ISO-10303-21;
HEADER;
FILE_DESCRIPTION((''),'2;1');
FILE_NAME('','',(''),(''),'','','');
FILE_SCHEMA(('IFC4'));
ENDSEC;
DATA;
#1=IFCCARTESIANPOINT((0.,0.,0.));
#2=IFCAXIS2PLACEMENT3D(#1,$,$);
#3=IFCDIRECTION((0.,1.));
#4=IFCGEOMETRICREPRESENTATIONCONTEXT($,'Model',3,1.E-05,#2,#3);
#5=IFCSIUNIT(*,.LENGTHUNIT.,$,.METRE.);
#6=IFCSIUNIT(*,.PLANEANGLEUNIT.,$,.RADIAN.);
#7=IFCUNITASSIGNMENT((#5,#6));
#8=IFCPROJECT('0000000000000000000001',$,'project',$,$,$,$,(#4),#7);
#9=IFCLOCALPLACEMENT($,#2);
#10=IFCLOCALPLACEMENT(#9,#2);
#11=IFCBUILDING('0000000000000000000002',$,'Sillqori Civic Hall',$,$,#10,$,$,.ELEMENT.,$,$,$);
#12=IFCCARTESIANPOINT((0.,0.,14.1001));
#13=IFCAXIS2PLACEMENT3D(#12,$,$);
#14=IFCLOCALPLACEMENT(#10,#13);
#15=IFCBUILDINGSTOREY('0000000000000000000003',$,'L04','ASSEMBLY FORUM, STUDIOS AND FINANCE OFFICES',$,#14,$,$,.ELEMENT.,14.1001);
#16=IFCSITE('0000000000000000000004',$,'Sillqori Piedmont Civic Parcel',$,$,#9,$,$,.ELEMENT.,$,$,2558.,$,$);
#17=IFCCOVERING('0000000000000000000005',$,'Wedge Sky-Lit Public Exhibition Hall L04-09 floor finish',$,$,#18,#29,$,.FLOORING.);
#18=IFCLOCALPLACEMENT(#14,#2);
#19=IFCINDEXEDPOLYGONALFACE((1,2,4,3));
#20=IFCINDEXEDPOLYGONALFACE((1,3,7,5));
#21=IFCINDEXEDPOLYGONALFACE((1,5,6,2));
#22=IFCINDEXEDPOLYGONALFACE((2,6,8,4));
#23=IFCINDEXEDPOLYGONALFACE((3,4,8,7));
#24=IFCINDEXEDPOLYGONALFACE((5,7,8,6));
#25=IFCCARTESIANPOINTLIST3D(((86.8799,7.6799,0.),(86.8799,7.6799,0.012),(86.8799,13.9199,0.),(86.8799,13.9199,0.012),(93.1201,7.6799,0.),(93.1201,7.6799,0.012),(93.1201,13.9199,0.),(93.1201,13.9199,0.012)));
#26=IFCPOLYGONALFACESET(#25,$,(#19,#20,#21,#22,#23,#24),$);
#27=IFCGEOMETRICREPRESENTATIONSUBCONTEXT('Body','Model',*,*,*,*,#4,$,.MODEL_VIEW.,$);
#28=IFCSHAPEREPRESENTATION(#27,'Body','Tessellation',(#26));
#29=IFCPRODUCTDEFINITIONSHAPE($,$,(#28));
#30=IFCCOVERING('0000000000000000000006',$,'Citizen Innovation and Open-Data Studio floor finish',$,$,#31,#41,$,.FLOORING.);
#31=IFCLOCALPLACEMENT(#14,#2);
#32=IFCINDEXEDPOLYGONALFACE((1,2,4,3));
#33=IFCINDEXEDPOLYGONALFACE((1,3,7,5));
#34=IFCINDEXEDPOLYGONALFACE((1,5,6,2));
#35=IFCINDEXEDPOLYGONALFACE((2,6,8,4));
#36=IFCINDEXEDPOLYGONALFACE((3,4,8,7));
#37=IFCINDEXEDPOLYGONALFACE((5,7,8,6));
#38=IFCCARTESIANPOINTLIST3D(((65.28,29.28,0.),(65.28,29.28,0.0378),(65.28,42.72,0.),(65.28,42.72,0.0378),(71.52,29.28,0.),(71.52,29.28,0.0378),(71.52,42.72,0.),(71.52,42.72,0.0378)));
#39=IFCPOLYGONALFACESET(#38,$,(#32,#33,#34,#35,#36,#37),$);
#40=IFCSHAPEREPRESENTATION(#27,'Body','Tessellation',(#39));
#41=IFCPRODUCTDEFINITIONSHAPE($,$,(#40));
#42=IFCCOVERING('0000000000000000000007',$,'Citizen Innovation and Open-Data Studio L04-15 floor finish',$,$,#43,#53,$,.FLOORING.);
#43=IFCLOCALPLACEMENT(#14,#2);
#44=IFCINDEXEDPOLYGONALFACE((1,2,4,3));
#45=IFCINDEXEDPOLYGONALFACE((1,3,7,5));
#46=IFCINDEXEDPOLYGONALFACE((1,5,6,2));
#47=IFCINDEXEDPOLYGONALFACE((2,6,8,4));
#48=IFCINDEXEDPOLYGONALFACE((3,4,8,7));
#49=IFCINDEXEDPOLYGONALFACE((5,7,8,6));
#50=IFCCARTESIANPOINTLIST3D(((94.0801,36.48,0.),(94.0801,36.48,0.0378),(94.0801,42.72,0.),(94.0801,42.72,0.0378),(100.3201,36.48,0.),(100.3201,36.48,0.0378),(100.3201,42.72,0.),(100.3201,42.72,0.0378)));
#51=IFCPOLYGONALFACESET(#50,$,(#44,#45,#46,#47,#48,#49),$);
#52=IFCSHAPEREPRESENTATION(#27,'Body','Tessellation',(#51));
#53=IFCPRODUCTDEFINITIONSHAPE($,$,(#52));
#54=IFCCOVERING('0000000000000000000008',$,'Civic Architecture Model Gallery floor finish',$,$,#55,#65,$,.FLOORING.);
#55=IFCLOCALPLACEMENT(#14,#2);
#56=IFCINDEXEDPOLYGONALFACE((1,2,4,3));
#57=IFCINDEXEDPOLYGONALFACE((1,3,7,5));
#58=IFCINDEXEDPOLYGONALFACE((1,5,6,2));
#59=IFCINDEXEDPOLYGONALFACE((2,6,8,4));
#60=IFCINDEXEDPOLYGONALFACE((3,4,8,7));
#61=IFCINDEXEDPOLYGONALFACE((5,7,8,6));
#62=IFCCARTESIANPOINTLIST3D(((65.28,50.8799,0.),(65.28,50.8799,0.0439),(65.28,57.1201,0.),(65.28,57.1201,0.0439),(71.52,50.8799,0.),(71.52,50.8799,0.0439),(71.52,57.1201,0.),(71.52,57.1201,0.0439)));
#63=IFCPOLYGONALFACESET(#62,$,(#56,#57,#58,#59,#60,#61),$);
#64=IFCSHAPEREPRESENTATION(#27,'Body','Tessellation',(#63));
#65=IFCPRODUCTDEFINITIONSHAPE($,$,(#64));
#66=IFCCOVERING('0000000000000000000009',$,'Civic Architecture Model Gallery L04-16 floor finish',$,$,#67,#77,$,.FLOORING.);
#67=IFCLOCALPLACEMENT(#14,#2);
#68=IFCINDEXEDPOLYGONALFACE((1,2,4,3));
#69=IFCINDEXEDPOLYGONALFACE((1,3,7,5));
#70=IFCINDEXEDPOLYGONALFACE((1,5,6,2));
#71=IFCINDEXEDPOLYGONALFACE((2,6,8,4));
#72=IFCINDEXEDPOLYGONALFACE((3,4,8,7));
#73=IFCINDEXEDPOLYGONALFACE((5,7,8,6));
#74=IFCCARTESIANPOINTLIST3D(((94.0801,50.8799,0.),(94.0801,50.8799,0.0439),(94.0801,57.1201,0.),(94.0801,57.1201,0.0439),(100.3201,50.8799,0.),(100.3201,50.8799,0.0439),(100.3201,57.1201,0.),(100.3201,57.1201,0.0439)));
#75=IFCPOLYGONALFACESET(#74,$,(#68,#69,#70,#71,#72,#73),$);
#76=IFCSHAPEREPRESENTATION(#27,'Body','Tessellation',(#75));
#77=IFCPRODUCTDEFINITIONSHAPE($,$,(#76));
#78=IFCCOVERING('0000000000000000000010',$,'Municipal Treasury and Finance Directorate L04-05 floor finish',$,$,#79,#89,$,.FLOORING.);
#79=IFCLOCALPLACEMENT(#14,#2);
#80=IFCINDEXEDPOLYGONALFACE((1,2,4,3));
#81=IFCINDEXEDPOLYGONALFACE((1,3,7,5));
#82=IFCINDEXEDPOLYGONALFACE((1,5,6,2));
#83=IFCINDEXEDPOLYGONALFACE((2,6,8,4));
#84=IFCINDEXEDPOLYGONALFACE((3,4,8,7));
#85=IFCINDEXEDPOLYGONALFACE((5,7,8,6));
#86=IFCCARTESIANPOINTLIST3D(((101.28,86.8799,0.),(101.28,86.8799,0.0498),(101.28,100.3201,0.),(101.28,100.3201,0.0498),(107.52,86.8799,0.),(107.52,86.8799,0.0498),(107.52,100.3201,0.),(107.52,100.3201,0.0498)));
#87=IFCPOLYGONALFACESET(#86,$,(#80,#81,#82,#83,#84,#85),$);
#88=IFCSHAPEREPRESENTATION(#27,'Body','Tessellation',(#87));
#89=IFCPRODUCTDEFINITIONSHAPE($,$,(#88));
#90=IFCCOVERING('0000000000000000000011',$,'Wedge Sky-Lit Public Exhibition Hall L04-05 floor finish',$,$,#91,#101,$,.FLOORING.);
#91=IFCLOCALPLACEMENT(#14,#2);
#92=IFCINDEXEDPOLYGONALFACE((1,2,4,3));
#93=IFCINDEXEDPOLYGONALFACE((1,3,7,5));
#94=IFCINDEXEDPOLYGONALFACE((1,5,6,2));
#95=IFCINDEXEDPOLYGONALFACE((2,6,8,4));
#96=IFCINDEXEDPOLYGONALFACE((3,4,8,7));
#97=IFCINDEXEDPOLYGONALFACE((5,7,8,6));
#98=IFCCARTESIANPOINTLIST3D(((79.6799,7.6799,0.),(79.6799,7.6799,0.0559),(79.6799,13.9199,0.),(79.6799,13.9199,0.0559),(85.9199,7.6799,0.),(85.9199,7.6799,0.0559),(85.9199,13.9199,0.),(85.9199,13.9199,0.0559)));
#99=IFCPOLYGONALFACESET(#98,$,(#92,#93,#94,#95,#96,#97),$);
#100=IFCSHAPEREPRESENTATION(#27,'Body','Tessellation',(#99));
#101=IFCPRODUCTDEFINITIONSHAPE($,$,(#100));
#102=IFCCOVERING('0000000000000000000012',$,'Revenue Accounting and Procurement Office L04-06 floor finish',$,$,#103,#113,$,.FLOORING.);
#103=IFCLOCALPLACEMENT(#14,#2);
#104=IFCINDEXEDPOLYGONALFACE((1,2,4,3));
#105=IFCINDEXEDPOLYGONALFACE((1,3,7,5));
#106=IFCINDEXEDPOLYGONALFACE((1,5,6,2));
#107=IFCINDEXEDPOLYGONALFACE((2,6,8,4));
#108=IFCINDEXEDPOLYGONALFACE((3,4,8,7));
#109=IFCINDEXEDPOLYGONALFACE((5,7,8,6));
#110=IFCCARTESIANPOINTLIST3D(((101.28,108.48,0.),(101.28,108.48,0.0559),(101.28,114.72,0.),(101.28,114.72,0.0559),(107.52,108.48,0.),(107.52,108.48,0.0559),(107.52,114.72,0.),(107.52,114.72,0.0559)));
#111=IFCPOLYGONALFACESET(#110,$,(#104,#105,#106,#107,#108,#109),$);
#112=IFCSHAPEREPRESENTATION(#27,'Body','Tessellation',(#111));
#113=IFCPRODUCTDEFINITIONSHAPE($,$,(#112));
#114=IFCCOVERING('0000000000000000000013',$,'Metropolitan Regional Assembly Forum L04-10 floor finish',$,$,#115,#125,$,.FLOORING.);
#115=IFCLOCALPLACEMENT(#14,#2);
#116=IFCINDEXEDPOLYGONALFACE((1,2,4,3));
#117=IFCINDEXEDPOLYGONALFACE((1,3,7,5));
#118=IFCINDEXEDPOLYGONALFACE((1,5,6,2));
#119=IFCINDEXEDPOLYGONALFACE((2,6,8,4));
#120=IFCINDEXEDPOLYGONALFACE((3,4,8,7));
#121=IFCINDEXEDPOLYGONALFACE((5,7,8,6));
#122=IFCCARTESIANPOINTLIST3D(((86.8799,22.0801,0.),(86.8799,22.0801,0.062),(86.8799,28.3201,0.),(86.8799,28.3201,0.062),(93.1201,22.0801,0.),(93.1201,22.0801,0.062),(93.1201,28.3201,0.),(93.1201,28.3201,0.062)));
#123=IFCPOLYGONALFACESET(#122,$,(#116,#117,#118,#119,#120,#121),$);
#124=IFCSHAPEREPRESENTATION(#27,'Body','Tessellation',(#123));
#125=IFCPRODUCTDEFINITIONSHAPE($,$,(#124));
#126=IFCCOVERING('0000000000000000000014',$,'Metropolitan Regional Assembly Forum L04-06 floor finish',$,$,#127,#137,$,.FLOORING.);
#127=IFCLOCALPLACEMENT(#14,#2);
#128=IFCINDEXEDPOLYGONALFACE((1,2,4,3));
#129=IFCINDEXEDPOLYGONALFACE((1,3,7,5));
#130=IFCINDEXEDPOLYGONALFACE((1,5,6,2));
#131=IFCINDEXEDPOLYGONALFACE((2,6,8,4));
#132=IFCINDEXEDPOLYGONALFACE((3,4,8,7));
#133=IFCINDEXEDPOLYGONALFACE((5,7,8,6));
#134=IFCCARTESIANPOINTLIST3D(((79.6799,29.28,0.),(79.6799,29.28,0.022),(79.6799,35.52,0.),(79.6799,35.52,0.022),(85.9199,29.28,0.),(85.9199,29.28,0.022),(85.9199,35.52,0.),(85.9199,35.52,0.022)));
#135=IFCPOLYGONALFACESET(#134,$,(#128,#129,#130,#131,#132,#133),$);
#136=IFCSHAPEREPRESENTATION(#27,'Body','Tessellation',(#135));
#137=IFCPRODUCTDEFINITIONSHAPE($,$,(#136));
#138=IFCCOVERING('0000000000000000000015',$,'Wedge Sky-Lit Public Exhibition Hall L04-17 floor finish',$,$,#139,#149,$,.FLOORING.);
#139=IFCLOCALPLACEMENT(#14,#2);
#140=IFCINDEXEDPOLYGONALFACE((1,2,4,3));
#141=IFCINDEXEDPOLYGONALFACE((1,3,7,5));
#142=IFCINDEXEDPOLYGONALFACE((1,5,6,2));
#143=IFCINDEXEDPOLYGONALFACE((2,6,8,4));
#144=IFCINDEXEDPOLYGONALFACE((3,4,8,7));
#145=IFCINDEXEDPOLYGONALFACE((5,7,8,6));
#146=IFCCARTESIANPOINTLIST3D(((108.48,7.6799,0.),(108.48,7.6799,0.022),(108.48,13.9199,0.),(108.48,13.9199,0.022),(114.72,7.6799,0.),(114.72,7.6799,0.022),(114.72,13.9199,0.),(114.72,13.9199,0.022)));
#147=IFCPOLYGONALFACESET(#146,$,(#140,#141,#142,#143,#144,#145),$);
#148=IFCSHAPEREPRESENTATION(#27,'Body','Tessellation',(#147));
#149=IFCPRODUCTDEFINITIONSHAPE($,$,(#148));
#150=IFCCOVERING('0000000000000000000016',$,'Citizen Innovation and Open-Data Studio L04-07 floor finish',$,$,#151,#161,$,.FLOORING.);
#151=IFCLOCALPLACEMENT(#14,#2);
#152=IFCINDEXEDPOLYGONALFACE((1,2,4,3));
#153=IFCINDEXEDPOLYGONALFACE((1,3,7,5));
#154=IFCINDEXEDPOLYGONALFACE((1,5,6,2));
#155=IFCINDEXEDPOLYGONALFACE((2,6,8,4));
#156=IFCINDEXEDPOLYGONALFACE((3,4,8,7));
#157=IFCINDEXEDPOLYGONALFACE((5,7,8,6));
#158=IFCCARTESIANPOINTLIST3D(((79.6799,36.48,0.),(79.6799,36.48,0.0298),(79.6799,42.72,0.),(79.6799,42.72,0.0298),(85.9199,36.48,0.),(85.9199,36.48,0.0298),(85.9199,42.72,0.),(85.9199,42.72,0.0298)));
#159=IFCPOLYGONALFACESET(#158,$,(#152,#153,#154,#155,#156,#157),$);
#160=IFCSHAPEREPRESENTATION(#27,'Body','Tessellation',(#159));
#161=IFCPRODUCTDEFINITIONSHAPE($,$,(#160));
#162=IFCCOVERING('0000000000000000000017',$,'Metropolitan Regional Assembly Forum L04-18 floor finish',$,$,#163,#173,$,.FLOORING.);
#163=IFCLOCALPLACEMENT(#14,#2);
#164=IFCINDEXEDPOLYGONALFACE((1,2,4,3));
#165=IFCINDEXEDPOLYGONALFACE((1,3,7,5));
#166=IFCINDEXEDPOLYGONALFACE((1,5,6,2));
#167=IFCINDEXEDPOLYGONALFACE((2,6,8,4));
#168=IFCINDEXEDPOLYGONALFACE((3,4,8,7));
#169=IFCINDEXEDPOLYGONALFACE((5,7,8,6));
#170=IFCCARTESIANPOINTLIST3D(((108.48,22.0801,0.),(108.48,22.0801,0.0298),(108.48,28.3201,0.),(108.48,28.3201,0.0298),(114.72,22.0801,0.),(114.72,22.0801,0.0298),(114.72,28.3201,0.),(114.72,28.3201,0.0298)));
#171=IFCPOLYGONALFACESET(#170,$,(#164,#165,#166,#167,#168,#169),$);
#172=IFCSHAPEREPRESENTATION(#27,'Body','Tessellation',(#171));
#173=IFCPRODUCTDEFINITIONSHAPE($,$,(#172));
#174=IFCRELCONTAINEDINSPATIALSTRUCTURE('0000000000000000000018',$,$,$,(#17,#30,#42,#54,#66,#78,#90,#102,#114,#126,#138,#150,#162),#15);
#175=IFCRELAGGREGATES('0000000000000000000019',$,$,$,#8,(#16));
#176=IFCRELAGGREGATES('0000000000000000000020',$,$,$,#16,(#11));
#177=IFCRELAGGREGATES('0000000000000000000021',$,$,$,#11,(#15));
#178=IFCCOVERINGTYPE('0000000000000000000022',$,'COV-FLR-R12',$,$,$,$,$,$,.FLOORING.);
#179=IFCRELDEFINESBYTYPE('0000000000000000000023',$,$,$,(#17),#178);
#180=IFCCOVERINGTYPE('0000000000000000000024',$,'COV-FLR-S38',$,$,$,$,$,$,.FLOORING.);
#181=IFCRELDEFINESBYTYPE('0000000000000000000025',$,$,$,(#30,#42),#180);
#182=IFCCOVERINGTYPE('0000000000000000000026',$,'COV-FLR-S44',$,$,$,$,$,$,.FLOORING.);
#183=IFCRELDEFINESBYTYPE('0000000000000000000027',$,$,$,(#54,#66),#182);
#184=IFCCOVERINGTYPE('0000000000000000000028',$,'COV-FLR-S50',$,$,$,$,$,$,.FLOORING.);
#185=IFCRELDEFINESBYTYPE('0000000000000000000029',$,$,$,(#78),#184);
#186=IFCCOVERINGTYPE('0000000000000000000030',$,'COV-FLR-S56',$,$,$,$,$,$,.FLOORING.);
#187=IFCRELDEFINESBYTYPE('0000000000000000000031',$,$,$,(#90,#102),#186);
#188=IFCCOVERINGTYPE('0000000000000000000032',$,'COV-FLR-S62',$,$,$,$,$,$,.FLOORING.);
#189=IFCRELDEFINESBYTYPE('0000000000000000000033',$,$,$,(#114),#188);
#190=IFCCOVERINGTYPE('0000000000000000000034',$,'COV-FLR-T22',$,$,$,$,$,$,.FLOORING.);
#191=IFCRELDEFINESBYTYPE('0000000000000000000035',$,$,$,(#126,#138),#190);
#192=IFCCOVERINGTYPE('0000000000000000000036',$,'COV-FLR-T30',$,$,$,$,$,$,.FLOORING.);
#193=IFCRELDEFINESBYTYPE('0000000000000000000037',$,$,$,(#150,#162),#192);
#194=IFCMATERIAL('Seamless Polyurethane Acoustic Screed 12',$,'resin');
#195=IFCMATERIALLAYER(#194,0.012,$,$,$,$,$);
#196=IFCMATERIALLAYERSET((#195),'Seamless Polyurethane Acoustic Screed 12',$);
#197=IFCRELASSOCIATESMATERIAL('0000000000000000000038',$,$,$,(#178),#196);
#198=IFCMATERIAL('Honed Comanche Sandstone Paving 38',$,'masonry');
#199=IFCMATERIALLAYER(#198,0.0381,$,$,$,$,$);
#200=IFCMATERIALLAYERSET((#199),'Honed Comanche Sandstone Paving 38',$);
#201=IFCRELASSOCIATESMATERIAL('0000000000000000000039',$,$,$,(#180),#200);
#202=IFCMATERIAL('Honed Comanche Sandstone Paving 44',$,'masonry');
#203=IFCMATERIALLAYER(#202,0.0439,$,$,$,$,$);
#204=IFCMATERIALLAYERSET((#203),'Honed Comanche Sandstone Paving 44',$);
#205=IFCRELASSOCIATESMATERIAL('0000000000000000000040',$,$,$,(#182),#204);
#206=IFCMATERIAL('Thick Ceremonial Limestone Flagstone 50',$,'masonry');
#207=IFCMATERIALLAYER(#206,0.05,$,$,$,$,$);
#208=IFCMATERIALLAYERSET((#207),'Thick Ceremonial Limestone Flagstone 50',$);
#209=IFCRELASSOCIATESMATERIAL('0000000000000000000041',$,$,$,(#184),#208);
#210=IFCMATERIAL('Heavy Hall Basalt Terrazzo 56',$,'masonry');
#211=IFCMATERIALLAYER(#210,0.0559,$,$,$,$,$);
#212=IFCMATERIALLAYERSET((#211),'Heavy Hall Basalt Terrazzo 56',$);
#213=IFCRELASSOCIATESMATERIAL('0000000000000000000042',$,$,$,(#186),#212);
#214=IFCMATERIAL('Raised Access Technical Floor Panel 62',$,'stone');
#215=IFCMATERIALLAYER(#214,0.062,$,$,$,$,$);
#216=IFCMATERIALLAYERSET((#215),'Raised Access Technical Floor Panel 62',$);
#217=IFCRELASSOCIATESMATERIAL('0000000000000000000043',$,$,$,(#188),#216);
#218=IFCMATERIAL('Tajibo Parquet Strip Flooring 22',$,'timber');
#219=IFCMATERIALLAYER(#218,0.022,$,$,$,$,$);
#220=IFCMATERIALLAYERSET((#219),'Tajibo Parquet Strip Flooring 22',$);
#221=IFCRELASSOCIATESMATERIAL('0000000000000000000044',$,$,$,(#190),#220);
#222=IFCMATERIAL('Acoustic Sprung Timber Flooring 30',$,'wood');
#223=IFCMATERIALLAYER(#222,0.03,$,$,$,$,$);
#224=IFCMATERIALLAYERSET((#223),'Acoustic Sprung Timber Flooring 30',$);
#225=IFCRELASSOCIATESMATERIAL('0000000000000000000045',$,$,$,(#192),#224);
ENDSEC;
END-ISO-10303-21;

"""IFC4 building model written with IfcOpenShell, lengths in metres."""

from ifc_helpers import new_model, si_unit, direction, frame, origin, place, context, subcontext, project, spatial, polyline, outline, extrude, material, layer, layer_set, type_object, element, save


model = new_model("IFC4")

# Units and contexts
model_context = context("Model", 3, precision=1e-05, world=origin(), true_north=direction((0.0, 1.0)))
body_context = subcontext(model_context, "Body", "Model", "MODEL_VIEW")
ifc_project = project(units=[si_unit("LENGTHUNIT", "METRE"), si_unit("PLANEANGLEUNIT", "RADIAN")], contexts=[model_context])

# Site, building, storey
site_placement = place(None, origin())
site = spatial("IfcSite", under=ifc_project, at=site_placement, Name="Sillqori Piedmont Civic Parcel", CompositionType="ELEMENT", RefElevation=2558.0)
building_placement = place(site_placement, origin())
building = spatial("IfcBuilding", under=site, at=building_placement, Name="Sillqori Civic Hall", CompositionType="ELEMENT")
storey_placement = place(building_placement, frame((0.0, 0.0, 14.1001)))
storey = spatial("IfcBuildingStorey", under=building, at=storey_placement, Name="L04", Description="ASSEMBLY FORUM, STUDIOS AND FINANCE OFFICES", CompositionType="ELEMENT", Elevation=14.1001)

# Coverings
ifc_material_1 = material(Name="Seamless Polyurethane Acoustic Screed 12", Category="resin")
ifc_layer_1 = layer(ifc_material_1, 0.012)
ifc_layer_set_1 = layer_set([ifc_layer_1], Name="Seamless Polyurethane Acoustic Screed 12")
covering_type_1 = type_object("IfcCoveringType", Name="COV-FLR-R12", PredefinedType="FLOORING", material=ifc_layer_set_1)
covering_1_placement = place(storey_placement, origin())
element("IfcCovering", 1, at=covering_1_placement, inside=storey, type_object=covering_type_1, Name="Wedge Sky-Lit Public Exhibition Hall L04-09 floor finish", PredefinedType="FLOORING", context=body_context, shape_type="SweptSolid", body=[
    extrude(outline(polyline([(86.8799, 7.6799), (93.1201, 7.6799), (93.1201, 13.9199), (86.8799, 13.9199), (86.8799, 7.6799)])), origin(), (0.0, 0.0, 1.0), 0.012),
])
ifc_material_2 = material(Name="Honed Comanche Sandstone Paving 38", Category="masonry")
ifc_layer_2 = layer(ifc_material_2, 0.0381)
ifc_layer_set_2 = layer_set([ifc_layer_2], Name="Honed Comanche Sandstone Paving 38")
covering_type_2 = type_object("IfcCoveringType", Name="COV-FLR-S38", PredefinedType="FLOORING", material=ifc_layer_set_2)
covering_2_placement = place(storey_placement, origin())
element("IfcCovering", 2, at=covering_2_placement, inside=storey, type_object=covering_type_2, Name="Citizen Innovation and Open-Data Studio floor finish", PredefinedType="FLOORING", context=body_context, shape_type="SweptSolid", body=[
    extrude(outline(polyline([(65.28, 29.28), (71.52, 29.28), (71.52, 42.72), (65.28, 42.72), (65.28, 29.28)])), origin(), (0.0, 0.0, 1.0), 0.0378),
])
covering_3_placement = place(storey_placement, origin())
element("IfcCovering", 3, at=covering_3_placement, inside=storey, type_object=covering_type_2, Name="Citizen Innovation and Open-Data Studio L04-15 floor finish", PredefinedType="FLOORING", context=body_context, shape_type="SweptSolid", body=[
    extrude(outline(polyline([(94.0801, 36.48), (100.3201, 36.48), (100.3201, 42.72), (94.0801, 42.72), (94.0801, 36.48)])), origin(), (0.0, 0.0, 1.0), 0.0378),
])
ifc_material_3 = material(Name="Honed Comanche Sandstone Paving 44", Category="masonry")
ifc_layer_3 = layer(ifc_material_3, 0.0439)
ifc_layer_set_3 = layer_set([ifc_layer_3], Name="Honed Comanche Sandstone Paving 44")
covering_type_3 = type_object("IfcCoveringType", Name="COV-FLR-S44", PredefinedType="FLOORING", material=ifc_layer_set_3)
covering_4_placement = place(storey_placement, origin())
element("IfcCovering", 4, at=covering_4_placement, inside=storey, type_object=covering_type_3, Name="Civic Architecture Model Gallery floor finish", PredefinedType="FLOORING", context=body_context, shape_type="SweptSolid", body=[
    extrude(outline(polyline([(65.28, 50.8799), (71.52, 50.8799), (71.52, 57.1201), (65.28, 57.1201), (65.28, 50.8799)])), origin(), (0.0, 0.0, 1.0), 0.0439),
])
covering_5_placement = place(storey_placement, origin())
element("IfcCovering", 5, at=covering_5_placement, inside=storey, type_object=covering_type_3, Name="Civic Architecture Model Gallery L04-16 floor finish", PredefinedType="FLOORING", context=body_context, shape_type="SweptSolid", body=[
    extrude(outline(polyline([(94.0801, 50.8799), (100.3201, 50.8799), (100.3201, 57.1201), (94.0801, 57.1201), (94.0801, 50.8799)])), origin(), (0.0, 0.0, 1.0), 0.0439),
])
ifc_material_4 = material(Name="Thick Ceremonial Limestone Flagstone 50", Category="masonry")
ifc_layer_4 = layer(ifc_material_4, 0.05)
ifc_layer_set_4 = layer_set([ifc_layer_4], Name="Thick Ceremonial Limestone Flagstone 50")
covering_type_4 = type_object("IfcCoveringType", Name="COV-FLR-S50", PredefinedType="FLOORING", material=ifc_layer_set_4)
covering_6_placement = place(storey_placement, origin())
element("IfcCovering", 6, at=covering_6_placement, inside=storey, type_object=covering_type_4, Name="Municipal Treasury and Finance Directorate L04-05 floor finish", PredefinedType="FLOORING", context=body_context, shape_type="SweptSolid", body=[
    extrude(outline(polyline([(101.28, 86.8799), (107.52, 86.8799), (107.52, 100.3201), (101.28, 100.3201), (101.28, 86.8799)])), origin(), (0.0, 0.0, 1.0), 0.0498),
])
ifc_material_5 = material(Name="Heavy Hall Basalt Terrazzo 56", Category="masonry")
ifc_layer_5 = layer(ifc_material_5, 0.0559)
ifc_layer_set_5 = layer_set([ifc_layer_5], Name="Heavy Hall Basalt Terrazzo 56")
covering_type_5 = type_object("IfcCoveringType", Name="COV-FLR-S56", PredefinedType="FLOORING", material=ifc_layer_set_5)
covering_7_placement = place(storey_placement, origin())
element("IfcCovering", 7, at=covering_7_placement, inside=storey, type_object=covering_type_5, Name="Wedge Sky-Lit Public Exhibition Hall L04-05 floor finish", PredefinedType="FLOORING", context=body_context, shape_type="SweptSolid", body=[
    extrude(outline(polyline([(79.6799, 7.6799), (85.9199, 7.6799), (85.9199, 13.9199), (79.6799, 13.9199), (79.6799, 7.6799)])), origin(), (0.0, 0.0, 1.0), 0.0559),
])
covering_8_placement = place(storey_placement, origin())
element("IfcCovering", 8, at=covering_8_placement, inside=storey, type_object=covering_type_5, Name="Revenue Accounting and Procurement Office L04-06 floor finish", PredefinedType="FLOORING", context=body_context, shape_type="SweptSolid", body=[
    extrude(outline(polyline([(101.28, 108.48), (107.52, 108.48), (107.52, 114.72), (101.28, 114.72), (101.28, 108.48)])), origin(), (0.0, 0.0, 1.0), 0.0559),
])
ifc_material_6 = material(Name="Raised Access Technical Floor Panel 62", Category="stone")
ifc_layer_6 = layer(ifc_material_6, 0.062)
ifc_layer_set_6 = layer_set([ifc_layer_6], Name="Raised Access Technical Floor Panel 62")
covering_type_6 = type_object("IfcCoveringType", Name="COV-FLR-S62", PredefinedType="FLOORING", material=ifc_layer_set_6)
covering_9_placement = place(storey_placement, origin())
element("IfcCovering", 9, at=covering_9_placement, inside=storey, type_object=covering_type_6, Name="Metropolitan Regional Assembly Forum L04-10 floor finish", PredefinedType="FLOORING", context=body_context, shape_type="SweptSolid", body=[
    extrude(outline(polyline([(86.8799, 22.0801), (93.1201, 22.0801), (93.1201, 28.3201), (86.8799, 28.3201), (86.8799, 22.0801)])), origin(), (0.0, 0.0, 1.0), 0.062),
])
ifc_material_7 = material(Name="Tajibo Parquet Strip Flooring 22", Category="timber")
ifc_layer_7 = layer(ifc_material_7, 0.022)
ifc_layer_set_7 = layer_set([ifc_layer_7], Name="Tajibo Parquet Strip Flooring 22")
covering_type_7 = type_object("IfcCoveringType", Name="COV-FLR-T22", PredefinedType="FLOORING", material=ifc_layer_set_7)
covering_10_placement = place(storey_placement, origin())
element("IfcCovering", 10, at=covering_10_placement, inside=storey, type_object=covering_type_7, Name="Metropolitan Regional Assembly Forum L04-06 floor finish", PredefinedType="FLOORING", context=body_context, shape_type="SweptSolid", body=[
    extrude(outline(polyline([(79.6799, 29.28), (85.9199, 29.28), (85.9199, 35.52), (79.6799, 35.52), (79.6799, 29.28)])), origin(), (0.0, 0.0, 1.0), 0.022),
])
covering_11_placement = place(storey_placement, origin())
element("IfcCovering", 11, at=covering_11_placement, inside=storey, type_object=covering_type_7, Name="Wedge Sky-Lit Public Exhibition Hall L04-17 floor finish", PredefinedType="FLOORING", context=body_context, shape_type="SweptSolid", body=[
    extrude(outline(polyline([(108.48, 7.6799), (114.72, 7.6799), (114.72, 13.9199), (108.48, 13.9199), (108.48, 7.6799)])), origin(), (0.0, 0.0, 1.0), 0.022),
])
ifc_material_8 = material(Name="Acoustic Sprung Timber Flooring 30", Category="wood")
ifc_layer_8 = layer(ifc_material_8, 0.03)
ifc_layer_set_8 = layer_set([ifc_layer_8], Name="Acoustic Sprung Timber Flooring 30")
covering_type_8 = type_object("IfcCoveringType", Name="COV-FLR-T30", PredefinedType="FLOORING", material=ifc_layer_set_8)
covering_12_placement = place(storey_placement, origin())
element("IfcCovering", 12, at=covering_12_placement, inside=storey, type_object=covering_type_8, Name="Citizen Innovation and Open-Data Studio L04-07 floor finish", PredefinedType="FLOORING", context=body_context, shape_type="SweptSolid", body=[
    extrude(outline(polyline([(79.6799, 36.48), (85.9199, 36.48), (85.9199, 42.72), (79.6799, 42.72), (79.6799, 36.48)])), origin(), (0.0, 0.0, 1.0), 0.0298),
])
covering_13_placement = place(storey_placement, origin())
element("IfcCovering", 13, at=covering_13_placement, inside=storey, type_object=covering_type_8, Name="Metropolitan Regional Assembly Forum L04-18 floor finish", PredefinedType="FLOORING", context=body_context, shape_type="SweptSolid", body=[
    extrude(outline(polyline([(108.48, 22.0801), (114.72, 22.0801), (114.72, 28.3201), (108.48, 28.3201), (108.48, 22.0801)])), origin(), (0.0, 0.0, 1.0), 0.0298),
])

save(model, "model.ifc")
